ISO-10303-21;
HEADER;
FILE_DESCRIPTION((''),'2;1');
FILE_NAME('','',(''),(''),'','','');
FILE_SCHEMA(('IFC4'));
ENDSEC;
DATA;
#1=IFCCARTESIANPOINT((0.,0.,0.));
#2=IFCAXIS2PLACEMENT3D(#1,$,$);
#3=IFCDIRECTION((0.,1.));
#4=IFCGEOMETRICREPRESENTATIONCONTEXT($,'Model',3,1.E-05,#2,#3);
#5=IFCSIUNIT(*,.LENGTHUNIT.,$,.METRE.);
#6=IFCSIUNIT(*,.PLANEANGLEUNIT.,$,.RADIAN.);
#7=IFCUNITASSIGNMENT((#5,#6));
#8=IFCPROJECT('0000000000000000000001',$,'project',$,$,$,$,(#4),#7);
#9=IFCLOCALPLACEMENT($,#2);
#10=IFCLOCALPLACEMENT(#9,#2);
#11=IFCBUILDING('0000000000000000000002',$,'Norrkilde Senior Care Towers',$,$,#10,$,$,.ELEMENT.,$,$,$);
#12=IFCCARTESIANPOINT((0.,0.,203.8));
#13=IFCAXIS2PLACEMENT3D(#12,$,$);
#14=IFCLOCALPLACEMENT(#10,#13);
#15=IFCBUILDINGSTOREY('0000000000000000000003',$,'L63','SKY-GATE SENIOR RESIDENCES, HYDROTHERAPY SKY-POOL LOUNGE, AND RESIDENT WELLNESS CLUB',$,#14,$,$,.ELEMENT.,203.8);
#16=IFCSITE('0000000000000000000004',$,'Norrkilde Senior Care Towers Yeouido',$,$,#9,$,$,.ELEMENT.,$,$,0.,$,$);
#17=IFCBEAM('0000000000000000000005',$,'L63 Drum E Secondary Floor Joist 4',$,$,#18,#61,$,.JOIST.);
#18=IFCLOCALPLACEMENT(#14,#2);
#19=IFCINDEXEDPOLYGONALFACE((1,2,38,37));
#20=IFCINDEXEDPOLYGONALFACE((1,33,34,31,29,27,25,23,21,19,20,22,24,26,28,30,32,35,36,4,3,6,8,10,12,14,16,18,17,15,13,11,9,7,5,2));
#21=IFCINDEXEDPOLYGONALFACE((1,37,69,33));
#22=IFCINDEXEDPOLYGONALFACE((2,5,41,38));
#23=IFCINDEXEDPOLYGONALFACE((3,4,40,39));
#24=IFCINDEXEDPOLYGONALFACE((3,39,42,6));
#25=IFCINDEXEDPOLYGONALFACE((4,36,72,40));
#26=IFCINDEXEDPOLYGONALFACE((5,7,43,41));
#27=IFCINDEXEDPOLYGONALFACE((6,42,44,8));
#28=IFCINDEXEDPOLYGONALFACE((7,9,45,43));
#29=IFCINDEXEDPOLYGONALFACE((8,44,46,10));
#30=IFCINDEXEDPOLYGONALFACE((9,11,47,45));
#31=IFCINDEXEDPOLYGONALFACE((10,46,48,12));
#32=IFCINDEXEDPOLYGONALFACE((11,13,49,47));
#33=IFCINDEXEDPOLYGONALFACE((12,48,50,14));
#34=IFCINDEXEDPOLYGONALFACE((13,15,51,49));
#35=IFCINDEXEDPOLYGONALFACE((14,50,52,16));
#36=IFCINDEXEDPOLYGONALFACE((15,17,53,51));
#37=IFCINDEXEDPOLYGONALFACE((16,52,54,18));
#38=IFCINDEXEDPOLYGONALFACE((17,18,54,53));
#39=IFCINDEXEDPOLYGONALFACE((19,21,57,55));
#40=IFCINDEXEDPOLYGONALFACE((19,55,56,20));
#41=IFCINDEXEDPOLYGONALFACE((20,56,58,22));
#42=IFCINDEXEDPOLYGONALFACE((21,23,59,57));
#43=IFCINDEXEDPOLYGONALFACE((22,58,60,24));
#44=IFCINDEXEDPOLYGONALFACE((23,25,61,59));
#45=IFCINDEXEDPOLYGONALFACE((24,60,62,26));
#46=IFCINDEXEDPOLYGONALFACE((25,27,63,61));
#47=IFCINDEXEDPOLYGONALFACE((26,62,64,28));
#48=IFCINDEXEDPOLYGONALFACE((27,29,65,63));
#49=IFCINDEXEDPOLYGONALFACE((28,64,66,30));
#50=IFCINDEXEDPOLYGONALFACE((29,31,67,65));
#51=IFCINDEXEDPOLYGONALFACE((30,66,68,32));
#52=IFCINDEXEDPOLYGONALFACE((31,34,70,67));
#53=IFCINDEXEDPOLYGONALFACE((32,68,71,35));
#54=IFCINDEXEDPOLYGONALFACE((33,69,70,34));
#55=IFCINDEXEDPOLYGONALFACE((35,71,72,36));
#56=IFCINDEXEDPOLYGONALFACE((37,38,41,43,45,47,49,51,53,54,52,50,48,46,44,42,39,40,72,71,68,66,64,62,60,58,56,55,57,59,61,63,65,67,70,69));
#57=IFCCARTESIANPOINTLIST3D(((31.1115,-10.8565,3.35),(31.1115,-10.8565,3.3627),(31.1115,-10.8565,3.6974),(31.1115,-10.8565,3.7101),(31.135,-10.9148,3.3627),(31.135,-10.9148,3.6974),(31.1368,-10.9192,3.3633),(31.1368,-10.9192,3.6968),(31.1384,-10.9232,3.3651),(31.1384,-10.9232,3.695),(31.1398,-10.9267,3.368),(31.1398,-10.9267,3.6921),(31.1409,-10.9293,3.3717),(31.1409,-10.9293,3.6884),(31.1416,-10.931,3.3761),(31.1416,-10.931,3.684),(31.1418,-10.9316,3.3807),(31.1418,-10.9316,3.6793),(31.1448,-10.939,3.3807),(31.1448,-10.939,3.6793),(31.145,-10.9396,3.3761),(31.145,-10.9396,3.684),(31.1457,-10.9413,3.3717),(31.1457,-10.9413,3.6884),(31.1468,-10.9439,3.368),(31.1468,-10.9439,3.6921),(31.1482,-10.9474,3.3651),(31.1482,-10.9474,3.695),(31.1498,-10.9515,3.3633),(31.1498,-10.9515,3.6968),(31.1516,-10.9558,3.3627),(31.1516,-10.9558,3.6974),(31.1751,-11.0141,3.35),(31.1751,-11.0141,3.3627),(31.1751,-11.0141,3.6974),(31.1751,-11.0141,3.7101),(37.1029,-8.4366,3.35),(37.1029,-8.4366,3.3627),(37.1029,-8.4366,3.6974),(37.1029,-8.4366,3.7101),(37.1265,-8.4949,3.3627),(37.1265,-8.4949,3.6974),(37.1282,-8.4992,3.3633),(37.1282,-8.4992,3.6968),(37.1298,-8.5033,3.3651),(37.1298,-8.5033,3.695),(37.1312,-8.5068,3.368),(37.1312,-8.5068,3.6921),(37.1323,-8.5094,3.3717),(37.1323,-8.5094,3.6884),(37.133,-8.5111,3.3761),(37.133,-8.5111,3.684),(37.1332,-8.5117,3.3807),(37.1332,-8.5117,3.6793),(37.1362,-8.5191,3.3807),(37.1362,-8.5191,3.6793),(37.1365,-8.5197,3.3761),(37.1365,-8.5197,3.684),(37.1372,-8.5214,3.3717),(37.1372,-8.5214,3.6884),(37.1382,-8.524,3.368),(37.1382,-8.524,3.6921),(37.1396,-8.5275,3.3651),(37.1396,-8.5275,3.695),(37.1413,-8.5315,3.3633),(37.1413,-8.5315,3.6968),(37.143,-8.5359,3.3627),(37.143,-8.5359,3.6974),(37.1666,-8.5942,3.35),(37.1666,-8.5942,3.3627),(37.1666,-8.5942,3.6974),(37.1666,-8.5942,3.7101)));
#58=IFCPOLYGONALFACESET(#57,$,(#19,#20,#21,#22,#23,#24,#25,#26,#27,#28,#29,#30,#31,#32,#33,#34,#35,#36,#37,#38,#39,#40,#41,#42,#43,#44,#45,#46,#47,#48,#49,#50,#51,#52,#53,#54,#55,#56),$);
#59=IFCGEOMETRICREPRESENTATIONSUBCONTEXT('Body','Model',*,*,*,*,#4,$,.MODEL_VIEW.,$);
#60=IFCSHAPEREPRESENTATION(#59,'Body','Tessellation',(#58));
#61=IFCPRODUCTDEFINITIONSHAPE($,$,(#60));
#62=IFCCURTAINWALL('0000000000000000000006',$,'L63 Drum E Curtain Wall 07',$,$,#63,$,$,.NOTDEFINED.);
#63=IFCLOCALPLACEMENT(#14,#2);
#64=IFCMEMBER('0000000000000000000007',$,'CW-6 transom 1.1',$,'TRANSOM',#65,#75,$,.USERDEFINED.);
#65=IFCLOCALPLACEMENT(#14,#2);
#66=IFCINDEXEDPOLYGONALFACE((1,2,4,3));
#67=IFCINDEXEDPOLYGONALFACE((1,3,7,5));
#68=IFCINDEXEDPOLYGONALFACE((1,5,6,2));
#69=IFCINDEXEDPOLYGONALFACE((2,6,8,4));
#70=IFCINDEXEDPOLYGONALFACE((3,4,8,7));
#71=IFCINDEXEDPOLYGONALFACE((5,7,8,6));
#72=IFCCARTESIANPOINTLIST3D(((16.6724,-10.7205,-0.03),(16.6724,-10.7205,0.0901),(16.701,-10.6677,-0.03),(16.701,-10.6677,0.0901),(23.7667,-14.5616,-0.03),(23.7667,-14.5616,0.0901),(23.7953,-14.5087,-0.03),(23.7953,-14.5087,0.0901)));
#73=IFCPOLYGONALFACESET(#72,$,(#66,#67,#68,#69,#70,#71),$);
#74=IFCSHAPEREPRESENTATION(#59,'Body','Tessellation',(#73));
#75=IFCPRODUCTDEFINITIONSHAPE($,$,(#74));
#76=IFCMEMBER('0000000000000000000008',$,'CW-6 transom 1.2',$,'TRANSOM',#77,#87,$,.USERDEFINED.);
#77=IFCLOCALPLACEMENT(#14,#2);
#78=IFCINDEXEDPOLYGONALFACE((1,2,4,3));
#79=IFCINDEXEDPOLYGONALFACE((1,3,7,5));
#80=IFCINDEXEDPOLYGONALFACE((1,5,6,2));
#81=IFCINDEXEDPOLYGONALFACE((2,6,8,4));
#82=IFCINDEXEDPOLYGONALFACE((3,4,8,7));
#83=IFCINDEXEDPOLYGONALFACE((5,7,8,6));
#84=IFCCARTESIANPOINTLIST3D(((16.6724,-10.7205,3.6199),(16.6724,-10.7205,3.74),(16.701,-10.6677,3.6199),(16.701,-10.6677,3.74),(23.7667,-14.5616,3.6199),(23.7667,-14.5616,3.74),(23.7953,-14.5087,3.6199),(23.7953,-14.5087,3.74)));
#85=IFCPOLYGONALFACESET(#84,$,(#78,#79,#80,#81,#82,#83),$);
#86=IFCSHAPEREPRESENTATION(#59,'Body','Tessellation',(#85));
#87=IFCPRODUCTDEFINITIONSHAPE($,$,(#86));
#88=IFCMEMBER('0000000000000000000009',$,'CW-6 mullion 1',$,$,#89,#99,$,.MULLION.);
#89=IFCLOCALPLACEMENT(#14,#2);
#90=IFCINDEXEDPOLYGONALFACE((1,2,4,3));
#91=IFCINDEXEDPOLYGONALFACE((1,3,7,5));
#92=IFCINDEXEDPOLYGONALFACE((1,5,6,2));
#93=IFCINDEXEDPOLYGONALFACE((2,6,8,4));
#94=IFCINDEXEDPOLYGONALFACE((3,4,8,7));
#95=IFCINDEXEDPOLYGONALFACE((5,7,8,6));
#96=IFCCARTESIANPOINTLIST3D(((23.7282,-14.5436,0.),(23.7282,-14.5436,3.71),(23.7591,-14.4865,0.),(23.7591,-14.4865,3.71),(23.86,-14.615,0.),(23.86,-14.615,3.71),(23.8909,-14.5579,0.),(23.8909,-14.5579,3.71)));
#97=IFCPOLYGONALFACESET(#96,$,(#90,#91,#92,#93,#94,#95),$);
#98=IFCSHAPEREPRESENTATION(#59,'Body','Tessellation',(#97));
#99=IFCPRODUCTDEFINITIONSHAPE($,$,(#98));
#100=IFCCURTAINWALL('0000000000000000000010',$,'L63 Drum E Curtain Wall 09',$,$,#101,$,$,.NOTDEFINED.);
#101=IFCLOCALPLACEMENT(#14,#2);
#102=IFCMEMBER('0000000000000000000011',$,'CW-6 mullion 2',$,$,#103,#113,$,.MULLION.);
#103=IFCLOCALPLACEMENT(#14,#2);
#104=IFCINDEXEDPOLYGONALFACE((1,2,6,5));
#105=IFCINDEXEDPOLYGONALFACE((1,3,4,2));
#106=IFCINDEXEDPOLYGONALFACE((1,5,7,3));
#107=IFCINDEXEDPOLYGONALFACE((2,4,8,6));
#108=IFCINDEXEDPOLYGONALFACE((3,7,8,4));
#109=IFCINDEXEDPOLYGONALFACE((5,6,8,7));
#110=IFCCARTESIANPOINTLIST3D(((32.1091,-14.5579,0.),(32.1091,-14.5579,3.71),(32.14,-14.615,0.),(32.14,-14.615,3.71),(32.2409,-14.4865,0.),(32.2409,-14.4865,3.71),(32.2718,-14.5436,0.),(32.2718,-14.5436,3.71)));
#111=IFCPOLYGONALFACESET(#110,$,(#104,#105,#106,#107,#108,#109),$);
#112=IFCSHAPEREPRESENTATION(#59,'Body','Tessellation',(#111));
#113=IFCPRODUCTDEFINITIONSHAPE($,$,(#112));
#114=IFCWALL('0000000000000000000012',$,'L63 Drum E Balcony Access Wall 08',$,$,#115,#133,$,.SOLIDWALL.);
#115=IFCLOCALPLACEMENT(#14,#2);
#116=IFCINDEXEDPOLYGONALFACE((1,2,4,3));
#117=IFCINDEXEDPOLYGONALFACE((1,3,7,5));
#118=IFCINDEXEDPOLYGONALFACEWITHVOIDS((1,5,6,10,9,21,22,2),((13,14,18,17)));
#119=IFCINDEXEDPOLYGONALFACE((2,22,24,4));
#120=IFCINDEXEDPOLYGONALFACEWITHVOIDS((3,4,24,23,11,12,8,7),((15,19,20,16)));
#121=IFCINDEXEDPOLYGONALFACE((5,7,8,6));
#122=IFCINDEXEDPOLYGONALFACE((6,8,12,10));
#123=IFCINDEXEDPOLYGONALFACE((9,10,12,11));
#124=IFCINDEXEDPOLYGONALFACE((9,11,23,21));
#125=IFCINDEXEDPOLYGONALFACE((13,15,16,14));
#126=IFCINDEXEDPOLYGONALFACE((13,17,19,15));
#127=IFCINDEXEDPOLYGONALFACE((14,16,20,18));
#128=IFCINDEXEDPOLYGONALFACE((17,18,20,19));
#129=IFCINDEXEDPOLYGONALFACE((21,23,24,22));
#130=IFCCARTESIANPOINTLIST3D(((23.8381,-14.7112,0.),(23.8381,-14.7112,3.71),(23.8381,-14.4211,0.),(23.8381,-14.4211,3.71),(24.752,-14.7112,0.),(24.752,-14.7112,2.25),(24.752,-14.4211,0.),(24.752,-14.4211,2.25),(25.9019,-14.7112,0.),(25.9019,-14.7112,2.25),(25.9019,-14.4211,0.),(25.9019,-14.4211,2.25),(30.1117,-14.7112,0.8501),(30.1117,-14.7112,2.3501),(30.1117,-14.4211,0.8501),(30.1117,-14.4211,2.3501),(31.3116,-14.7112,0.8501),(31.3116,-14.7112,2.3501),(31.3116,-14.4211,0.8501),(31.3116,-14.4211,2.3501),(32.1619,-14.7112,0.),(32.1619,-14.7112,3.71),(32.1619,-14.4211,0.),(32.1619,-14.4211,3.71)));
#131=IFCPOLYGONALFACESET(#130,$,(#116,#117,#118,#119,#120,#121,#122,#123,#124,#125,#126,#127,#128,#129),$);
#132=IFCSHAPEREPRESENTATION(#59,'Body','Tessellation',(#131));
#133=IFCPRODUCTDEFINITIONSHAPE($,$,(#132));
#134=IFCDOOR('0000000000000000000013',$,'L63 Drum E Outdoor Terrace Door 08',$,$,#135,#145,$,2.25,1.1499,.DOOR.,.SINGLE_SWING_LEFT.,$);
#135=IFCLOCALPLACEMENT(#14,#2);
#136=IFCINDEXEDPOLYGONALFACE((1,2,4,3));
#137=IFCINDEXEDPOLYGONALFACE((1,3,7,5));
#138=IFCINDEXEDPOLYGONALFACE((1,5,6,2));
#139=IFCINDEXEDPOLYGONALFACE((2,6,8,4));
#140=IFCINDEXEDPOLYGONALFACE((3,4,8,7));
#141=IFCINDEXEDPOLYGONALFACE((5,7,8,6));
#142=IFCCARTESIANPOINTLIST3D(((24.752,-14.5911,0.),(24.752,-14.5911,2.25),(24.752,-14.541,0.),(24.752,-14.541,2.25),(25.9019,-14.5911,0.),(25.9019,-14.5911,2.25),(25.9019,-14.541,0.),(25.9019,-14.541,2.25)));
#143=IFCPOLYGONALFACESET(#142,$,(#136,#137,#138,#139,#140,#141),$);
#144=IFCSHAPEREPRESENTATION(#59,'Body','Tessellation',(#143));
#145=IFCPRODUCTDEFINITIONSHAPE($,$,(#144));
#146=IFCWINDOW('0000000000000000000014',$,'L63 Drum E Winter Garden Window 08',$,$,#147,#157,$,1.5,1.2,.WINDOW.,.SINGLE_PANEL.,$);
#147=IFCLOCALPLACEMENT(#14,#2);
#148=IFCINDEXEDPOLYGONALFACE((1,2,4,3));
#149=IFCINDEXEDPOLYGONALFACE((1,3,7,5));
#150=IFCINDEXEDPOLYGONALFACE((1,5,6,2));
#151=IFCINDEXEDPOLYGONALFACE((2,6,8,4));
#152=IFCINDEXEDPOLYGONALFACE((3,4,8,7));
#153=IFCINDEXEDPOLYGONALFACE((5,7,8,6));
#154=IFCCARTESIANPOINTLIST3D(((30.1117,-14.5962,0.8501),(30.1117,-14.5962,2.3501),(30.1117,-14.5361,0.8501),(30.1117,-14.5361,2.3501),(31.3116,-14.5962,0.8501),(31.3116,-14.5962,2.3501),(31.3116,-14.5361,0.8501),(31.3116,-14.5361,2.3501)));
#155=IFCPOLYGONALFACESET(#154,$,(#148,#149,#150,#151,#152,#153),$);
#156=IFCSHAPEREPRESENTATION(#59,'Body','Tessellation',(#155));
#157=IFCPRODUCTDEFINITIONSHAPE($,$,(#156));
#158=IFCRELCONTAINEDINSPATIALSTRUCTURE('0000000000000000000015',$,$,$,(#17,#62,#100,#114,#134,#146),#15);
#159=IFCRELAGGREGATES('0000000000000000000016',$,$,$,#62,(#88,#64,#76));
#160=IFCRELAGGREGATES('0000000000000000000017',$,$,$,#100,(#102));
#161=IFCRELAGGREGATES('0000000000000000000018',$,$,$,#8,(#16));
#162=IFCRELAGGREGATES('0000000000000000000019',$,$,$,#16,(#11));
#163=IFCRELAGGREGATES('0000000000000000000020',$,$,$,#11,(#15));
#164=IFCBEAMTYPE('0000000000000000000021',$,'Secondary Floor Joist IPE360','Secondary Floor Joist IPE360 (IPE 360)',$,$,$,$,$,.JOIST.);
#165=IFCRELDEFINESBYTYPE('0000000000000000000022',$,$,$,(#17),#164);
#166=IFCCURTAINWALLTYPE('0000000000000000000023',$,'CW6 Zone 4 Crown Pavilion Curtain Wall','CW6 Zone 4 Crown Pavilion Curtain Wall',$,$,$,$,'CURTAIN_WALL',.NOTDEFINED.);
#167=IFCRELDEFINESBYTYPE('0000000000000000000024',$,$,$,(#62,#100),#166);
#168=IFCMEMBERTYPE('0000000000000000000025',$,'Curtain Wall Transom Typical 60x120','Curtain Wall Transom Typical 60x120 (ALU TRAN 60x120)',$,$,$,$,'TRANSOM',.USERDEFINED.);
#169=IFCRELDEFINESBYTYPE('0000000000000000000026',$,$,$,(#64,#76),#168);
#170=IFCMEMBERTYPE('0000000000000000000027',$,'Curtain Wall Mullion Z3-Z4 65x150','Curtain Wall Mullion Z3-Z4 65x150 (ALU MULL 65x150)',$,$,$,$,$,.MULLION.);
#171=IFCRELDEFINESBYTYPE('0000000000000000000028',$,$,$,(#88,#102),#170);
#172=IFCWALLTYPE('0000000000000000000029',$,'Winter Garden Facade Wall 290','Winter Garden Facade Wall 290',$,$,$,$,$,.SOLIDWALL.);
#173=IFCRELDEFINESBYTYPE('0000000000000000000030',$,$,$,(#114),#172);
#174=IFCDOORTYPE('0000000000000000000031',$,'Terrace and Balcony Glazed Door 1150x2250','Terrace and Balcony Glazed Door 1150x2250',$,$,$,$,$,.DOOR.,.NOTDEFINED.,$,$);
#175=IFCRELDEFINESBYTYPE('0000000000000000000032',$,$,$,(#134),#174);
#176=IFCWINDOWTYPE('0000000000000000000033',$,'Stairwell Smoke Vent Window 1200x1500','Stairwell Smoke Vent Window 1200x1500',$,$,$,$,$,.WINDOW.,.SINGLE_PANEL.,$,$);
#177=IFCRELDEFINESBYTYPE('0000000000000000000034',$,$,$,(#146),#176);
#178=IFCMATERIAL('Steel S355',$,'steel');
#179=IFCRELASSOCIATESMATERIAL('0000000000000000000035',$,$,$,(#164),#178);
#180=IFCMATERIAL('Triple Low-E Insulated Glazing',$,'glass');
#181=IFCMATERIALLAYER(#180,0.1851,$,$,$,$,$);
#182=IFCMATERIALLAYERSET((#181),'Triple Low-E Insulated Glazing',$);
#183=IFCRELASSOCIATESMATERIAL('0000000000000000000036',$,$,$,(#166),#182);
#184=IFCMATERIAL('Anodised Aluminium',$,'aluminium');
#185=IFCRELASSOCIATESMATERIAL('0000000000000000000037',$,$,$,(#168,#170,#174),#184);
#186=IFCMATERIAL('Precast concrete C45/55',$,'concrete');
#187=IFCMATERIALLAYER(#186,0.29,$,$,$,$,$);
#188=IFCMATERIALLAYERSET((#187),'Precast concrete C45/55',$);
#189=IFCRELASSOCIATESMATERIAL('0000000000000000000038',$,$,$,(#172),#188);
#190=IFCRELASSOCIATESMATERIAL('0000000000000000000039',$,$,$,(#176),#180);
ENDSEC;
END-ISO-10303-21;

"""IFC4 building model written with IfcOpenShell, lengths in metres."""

from ifc_helpers import new_model, si_unit, direction, frame, frame_2d, origin, origin_2d, place, context, subcontext, project, spatial, rectangle, i_section, extrude, source, transform, mapped, material, layer, layer_set, material_profile, profile_set, type_object, type_shapes, element, fill, aggregate, save


model = new_model("IFC4")

# Units and contexts
model_context = context("Model", 3, precision=1e-05, world=origin(), true_north=direction((0.0, 1.0)))
body_context = subcontext(model_context, "Body", "Model", "MODEL_VIEW")
ifc_project = project(units=[si_unit("LENGTHUNIT", "METRE"), si_unit("PLANEANGLEUNIT", "RADIAN")], contexts=[model_context])

# Site, building, storey
site_placement = place(None, origin())
site = spatial("IfcSite", under=ifc_project, at=site_placement, Name="Norrkilde Senior Care Towers Yeouido", CompositionType="ELEMENT", RefElevation=0.0)
building_placement = place(site_placement, origin())
building = spatial("IfcBuilding", under=site, at=building_placement, Name="Norrkilde Senior Care Towers", CompositionType="ELEMENT")
storey_placement = place(building_placement, frame((0.0, 0.0, 203.8)))
storey = spatial("IfcBuildingStorey", under=building, at=storey_placement, Name="L63", Description="SKY-GATE SENIOR RESIDENCES, HYDROTHERAPY SKY-POOL LOUNGE, AND RESIDENT WELLNESS CLUB", CompositionType="ELEMENT", Elevation=203.8)

# Beam
ifc_material_1 = material(Name="Steel S355", Category="steel")
ifc_material_profile_1 = material_profile(ifc_material_1, i_section(OverallWidth=0.1699, OverallDepth=0.3601, WebThickness=0.0081, FlangeThickness=0.0127, FilletRadius=0.0181, at=origin_2d()), Name="IPE 360")
ifc_profile_set_1 = profile_set([ifc_material_profile_1], Name="Steel S355")
beam_type_1 = type_object("IfcBeamType", Name="Secondary Floor Joist IPE360", Description="Secondary Floor Joist IPE360 (IPE 360)", PredefinedType="JOIST", material=ifc_profile_set_1)
shared_shape_1 = source(origin(), body_context, "Body", "SweptSolid", [
    extrude(i_section(OverallWidth=0.1699, OverallDepth=0.3601, WebThickness=0.0081, FlangeThickness=0.0127, FilletRadius=0.0181, at=origin_2d()), origin(), (0.0, 0.0, 1.0), 6.4617),
])
type_shapes(beam_type_1, [shared_shape_1])
beam_1_placement = place(storey_placement, frame((31.1433, -10.9353, 3.53), z_axis=(0.927226, 0.374502, 0.0), x_axis=(-0.374502, 0.927226, 0.0)))
element("IfcBeam", 1, at=beam_1_placement, inside=storey, type_object=beam_type_1, Name="L63 Drum E Secondary Floor Joist 4", PredefinedType="JOIST", context=body_context, shape_type="MappedRepresentation", body=[
    mapped(shared_shape_1, transform((0.0, 0.0, 0.0), x_axis=(1.0, 0.0, 0.0), y_axis=(0.0, 1.0, 0.0), z_axis=(0.0, 0.0, 1.0), scale=1.0)),
])

# Curtain wall, members
ifc_material_2 = material(Name="Triple Low-E Insulated Glazing", Category="glass")
ifc_layer_1 = layer(ifc_material_2, 0.1851)
ifc_layer_set_1 = layer_set([ifc_layer_1], Name="Triple Low-E Insulated Glazing")
curtain_wall_type = type_object("IfcCurtainWallType", Name="CW6 Zone 4 Crown Pavilion Curtain Wall", Description="CW6 Zone 4 Crown Pavilion Curtain Wall", ElementType="CURTAIN_WALL", PredefinedType="NOTDEFINED", material=ifc_layer_set_1)
curtain_wall_1_placement = place(storey_placement, origin())
curtain_wall_1 = element("IfcCurtainWall", 2, at=curtain_wall_1_placement, inside=storey, type_object=curtain_wall_type, Name="L63 Drum E Curtain Wall 07", PredefinedType="NOTDEFINED")
ifc_material_3 = material(Name="Anodised Aluminium", Category="aluminium")
ifc_material_profile_2 = material_profile(ifc_material_3, rectangle(XDim=0.0601, YDim=0.1201, at=origin_2d()), Name="ALU TRAN 60x120")
ifc_profile_set_2 = profile_set([ifc_material_profile_2], Name="Anodised Aluminium")
member_type_1 = type_object("IfcMemberType", Name="Curtain Wall Transom Typical 60x120", Description="Curtain Wall Transom Typical 60x120 (ALU TRAN 60x120)", ElementType="TRANSOM", PredefinedType="USERDEFINED", material=ifc_profile_set_2)
shared_shape_2 = source(origin(), body_context, "Body", "SweptSolid", [
    extrude(rectangle(XDim=0.0601, YDim=0.1201, at=origin_2d()), origin(), (0.0, 0.0, 1.0), 8.0674),
])
type_shapes(member_type_1, [shared_shape_2])
member_1_placement = place(storey_placement, frame((23.781, -14.5352, 0.03), z_axis=(-0.879378, 0.476125, 0.0), x_axis=(-0.476125, -0.879378, 0.0)))
member_1 = element("IfcMember", 3, at=member_1_placement, type_object=member_type_1, Name="CW-6 transom 1.1", ObjectType="TRANSOM", PredefinedType="USERDEFINED", context=body_context, shape_type="MappedRepresentation", body=[
    mapped(shared_shape_2, transform((0.0, 0.0, 0.0), x_axis=(1.0, 0.0, 0.0), y_axis=(0.0, 1.0, 0.0), z_axis=(0.0, 0.0, 1.0), scale=1.0)),
])
member_2_placement = place(storey_placement, frame((23.781, -14.5352, 3.6799), z_axis=(-0.879378, 0.476125, 0.0), x_axis=(-0.476125, -0.879378, 0.0)))
member_2 = element("IfcMember", 4, at=member_2_placement, type_object=member_type_1, Name="CW-6 transom 1.2", ObjectType="TRANSOM", PredefinedType="USERDEFINED", context=body_context, shape_type="MappedRepresentation", body=[
    mapped(shared_shape_2, transform((0.0, 0.0, 0.0), x_axis=(1.0, 0.0, 0.0), y_axis=(0.0, 1.0, 0.0), z_axis=(0.0, 0.0, 1.0), scale=1.0)),
])
ifc_material_profile_3 = material_profile(ifc_material_3, rectangle(XDim=0.0649, YDim=0.1499, at=origin_2d()), Name="ALU MULL 65x150")
ifc_profile_set_3 = profile_set([ifc_material_profile_3], Name="Anodised Aluminium")
member_type_2 = type_object("IfcMemberType", Name="Curtain Wall Mullion Z3-Z4 65x150", Description="Curtain Wall Mullion Z3-Z4 65x150 (ALU MULL 65x150)", PredefinedType="MULLION", material=ifc_profile_set_3)
shared_shape_3 = source(origin(), body_context, "Body", "SweptSolid", [
    extrude(rectangle(XDim=0.0649, YDim=0.1499, at=origin_2d()), origin(), (0.0, 0.0, 1.0), 3.71),
])
type_shapes(member_type_2, [shared_shape_3])
member_3_placement = place(storey_placement, frame((23.8096, -14.5508, 0.0), z_axis=(0.0, 0.0, 1.0), x_axis=(-0.476133, -0.879373, 0.0)))
member_3 = element("IfcMember", 5, at=member_3_placement, type_object=member_type_2, Name="CW-6 mullion 1", PredefinedType="MULLION", context=body_context, shape_type="MappedRepresentation", body=[
    mapped(shared_shape_3, transform((0.0, 0.0, 0.0), x_axis=(1.0, 0.0, 0.0), y_axis=(0.0, 1.0, 0.0), z_axis=(0.0, 0.0, 1.0), scale=1.0)),
])
aggregate(curtain_wall_1, [member_3, member_1, member_2])

# Curtain wall, member
curtain_wall_2_placement = place(storey_placement, origin())
curtain_wall_2 = element("IfcCurtainWall", 6, at=curtain_wall_2_placement, inside=storey, type_object=curtain_wall_type, Name="L63 Drum E Curtain Wall 09", PredefinedType="NOTDEFINED")
member_4_placement = place(storey_placement, frame((32.1904, -14.5508, 0.0), z_axis=(0.0, 0.0, 1.0), x_axis=(0.476133, -0.879373, 0.0)))
member_4 = element("IfcMember", 7, at=member_4_placement, type_object=member_type_2, Name="CW-6 mullion 2", PredefinedType="MULLION", context=body_context, shape_type="MappedRepresentation", body=[
    mapped(shared_shape_3, transform((0.0, 0.0, 0.0), x_axis=(1.0, 0.0, 0.0), y_axis=(0.0, 1.0, 0.0), z_axis=(0.0, 0.0, 1.0), scale=1.0)),
])
aggregate(curtain_wall_2, [member_4])

# Wall, openings, door, window
ifc_material_4 = material(Name="Precast concrete C45/55", Category="concrete")
ifc_layer_2 = layer(ifc_material_4, 0.29)
ifc_layer_set_2 = layer_set([ifc_layer_2], Name="Precast concrete C45/55")
wall_type_1 = type_object("IfcWallType", Name="Winter Garden Facade Wall 290", Description="Winter Garden Facade Wall 290", PredefinedType="SOLIDWALL", material=ifc_layer_set_2)
shared_shape_4 = source(origin(), body_context, "Body", "SweptSolid", [
    extrude(rectangle(XDim=8.3237, YDim=0.29, at=frame_2d((4.1619, 0.0))), origin(), (0.0, 0.0, 1.0), 3.71),
])
type_shapes(wall_type_1, [shared_shape_4])
wall_1_placement = place(storey_placement, frame((32.1619, -14.5662, 0.0), z_axis=(0.0, 0.0, 1.0), x_axis=(-1.0, 0.0, 0.0)))
wall_1 = element("IfcWall", 8, at=wall_1_placement, inside=storey, type_object=wall_type_1, Name="L63 Drum E Balcony Access Wall 08", PredefinedType="SOLIDWALL", context=body_context, shape_type="MappedRepresentation", body=[
    mapped(shared_shape_4, transform((0.0, 0.0, 0.0), x_axis=(1.0, 0.0, 0.0), y_axis=(0.0, 1.0, 0.0), z_axis=(0.0, 0.0, 1.0), scale=1.0)),
])
opening_1_placement = place(wall_1_placement, frame((6.26, 0.0, 0.0)))
opening_1 = element("IfcOpeningElement", 9, at=opening_1_placement, cuts=wall_1, PredefinedType="OPENING", context=body_context, shape_type="SweptSolid", body=[
    extrude(rectangle(XDim=1.1499, YDim=2.25, at=frame_2d((0.575, 1.125))), frame((0.0, 0.155, 0.0), z_axis=(0.0, -1.0, 0.0), x_axis=(1.0, 0.0, 0.0)), (0.0, 0.0, 1.0), 0.3101),
])
opening_2_placement = place(wall_1_placement, frame((0.8501, 0.0, 0.8501)))
opening_2 = element("IfcOpeningElement", 10, at=opening_2_placement, cuts=wall_1, PredefinedType="OPENING", context=body_context, shape_type="SweptSolid", body=[
    extrude(rectangle(XDim=1.2, YDim=1.5, at=frame_2d((0.6001, 0.75))), frame((0.0, 0.155, 0.0), z_axis=(0.0, -1.0, 0.0), x_axis=(1.0, 0.0, 0.0)), (0.0, 0.0, 1.0), 0.3101),
])
door_type_1 = type_object("IfcDoorType", Name="Terrace and Balcony Glazed Door 1150x2250", Description="Terrace and Balcony Glazed Door 1150x2250", OperationType="NOTDEFINED", PredefinedType="DOOR", material=ifc_material_3)
shared_shape_5 = source(origin(), body_context, "Body", "SweptSolid", [
    extrude(rectangle(XDim=1.1499, YDim=2.25, at=frame_2d((0.575, 1.125))), frame((0.0, 0.0249, 0.0), z_axis=(0.0, -1.0, 0.0), x_axis=(1.0, 0.0, 0.0)), (0.0, 0.0, 1.0), 0.05),
])
type_shapes(door_type_1, [shared_shape_5])
door_1_placement = place(opening_1_placement, origin())
door_1 = element("IfcDoor", 11, at=door_1_placement, inside=storey, type_object=door_type_1, Name="L63 Drum E Outdoor Terrace Door 08", OperationType="SINGLE_SWING_LEFT", OverallHeight=2.25, OverallWidth=1.1499, PredefinedType="DOOR", context=body_context, shape_type="MappedRepresentation", body=[
    mapped(shared_shape_5, transform((0.0, 0.0, 0.0), x_axis=(1.0, 0.0, 0.0), y_axis=(0.0, 1.0, 0.0), z_axis=(0.0, 0.0, 1.0), scale=1.0)),
])
fill(opening_1, door_1)
window_type = type_object("IfcWindowType", Name="Stairwell Smoke Vent Window 1200x1500", Description="Stairwell Smoke Vent Window 1200x1500", PartitioningType="SINGLE_PANEL", PredefinedType="WINDOW", material=ifc_material_2)
shared_shape_6 = source(origin(), body_context, "Body", "SweptSolid", [
    extrude(rectangle(XDim=1.2, YDim=1.5, at=frame_2d((0.6001, 0.75))), frame((0.0, 0.03, 0.0), z_axis=(0.0, -1.0, 0.0), x_axis=(1.0, 0.0, 0.0)), (0.0, 0.0, 1.0), 0.0601),
])
type_shapes(window_type, [shared_shape_6])
window_placement = place(opening_2_placement, origin())
window = element("IfcWindow", 12, at=window_placement, inside=storey, type_object=window_type, Name="L63 Drum E Winter Garden Window 08", OverallHeight=1.5, OverallWidth=1.2, PartitioningType="SINGLE_PANEL", PredefinedType="WINDOW", context=body_context, shape_type="MappedRepresentation", body=[
    mapped(shared_shape_6, transform((0.0, 0.0, 0.0), x_axis=(1.0, 0.0, 0.0), y_axis=(0.0, 1.0, 0.0), z_axis=(0.0, 0.0, 1.0), scale=1.0)),
])
fill(opening_2, window)

save(model, "model.ifc")
